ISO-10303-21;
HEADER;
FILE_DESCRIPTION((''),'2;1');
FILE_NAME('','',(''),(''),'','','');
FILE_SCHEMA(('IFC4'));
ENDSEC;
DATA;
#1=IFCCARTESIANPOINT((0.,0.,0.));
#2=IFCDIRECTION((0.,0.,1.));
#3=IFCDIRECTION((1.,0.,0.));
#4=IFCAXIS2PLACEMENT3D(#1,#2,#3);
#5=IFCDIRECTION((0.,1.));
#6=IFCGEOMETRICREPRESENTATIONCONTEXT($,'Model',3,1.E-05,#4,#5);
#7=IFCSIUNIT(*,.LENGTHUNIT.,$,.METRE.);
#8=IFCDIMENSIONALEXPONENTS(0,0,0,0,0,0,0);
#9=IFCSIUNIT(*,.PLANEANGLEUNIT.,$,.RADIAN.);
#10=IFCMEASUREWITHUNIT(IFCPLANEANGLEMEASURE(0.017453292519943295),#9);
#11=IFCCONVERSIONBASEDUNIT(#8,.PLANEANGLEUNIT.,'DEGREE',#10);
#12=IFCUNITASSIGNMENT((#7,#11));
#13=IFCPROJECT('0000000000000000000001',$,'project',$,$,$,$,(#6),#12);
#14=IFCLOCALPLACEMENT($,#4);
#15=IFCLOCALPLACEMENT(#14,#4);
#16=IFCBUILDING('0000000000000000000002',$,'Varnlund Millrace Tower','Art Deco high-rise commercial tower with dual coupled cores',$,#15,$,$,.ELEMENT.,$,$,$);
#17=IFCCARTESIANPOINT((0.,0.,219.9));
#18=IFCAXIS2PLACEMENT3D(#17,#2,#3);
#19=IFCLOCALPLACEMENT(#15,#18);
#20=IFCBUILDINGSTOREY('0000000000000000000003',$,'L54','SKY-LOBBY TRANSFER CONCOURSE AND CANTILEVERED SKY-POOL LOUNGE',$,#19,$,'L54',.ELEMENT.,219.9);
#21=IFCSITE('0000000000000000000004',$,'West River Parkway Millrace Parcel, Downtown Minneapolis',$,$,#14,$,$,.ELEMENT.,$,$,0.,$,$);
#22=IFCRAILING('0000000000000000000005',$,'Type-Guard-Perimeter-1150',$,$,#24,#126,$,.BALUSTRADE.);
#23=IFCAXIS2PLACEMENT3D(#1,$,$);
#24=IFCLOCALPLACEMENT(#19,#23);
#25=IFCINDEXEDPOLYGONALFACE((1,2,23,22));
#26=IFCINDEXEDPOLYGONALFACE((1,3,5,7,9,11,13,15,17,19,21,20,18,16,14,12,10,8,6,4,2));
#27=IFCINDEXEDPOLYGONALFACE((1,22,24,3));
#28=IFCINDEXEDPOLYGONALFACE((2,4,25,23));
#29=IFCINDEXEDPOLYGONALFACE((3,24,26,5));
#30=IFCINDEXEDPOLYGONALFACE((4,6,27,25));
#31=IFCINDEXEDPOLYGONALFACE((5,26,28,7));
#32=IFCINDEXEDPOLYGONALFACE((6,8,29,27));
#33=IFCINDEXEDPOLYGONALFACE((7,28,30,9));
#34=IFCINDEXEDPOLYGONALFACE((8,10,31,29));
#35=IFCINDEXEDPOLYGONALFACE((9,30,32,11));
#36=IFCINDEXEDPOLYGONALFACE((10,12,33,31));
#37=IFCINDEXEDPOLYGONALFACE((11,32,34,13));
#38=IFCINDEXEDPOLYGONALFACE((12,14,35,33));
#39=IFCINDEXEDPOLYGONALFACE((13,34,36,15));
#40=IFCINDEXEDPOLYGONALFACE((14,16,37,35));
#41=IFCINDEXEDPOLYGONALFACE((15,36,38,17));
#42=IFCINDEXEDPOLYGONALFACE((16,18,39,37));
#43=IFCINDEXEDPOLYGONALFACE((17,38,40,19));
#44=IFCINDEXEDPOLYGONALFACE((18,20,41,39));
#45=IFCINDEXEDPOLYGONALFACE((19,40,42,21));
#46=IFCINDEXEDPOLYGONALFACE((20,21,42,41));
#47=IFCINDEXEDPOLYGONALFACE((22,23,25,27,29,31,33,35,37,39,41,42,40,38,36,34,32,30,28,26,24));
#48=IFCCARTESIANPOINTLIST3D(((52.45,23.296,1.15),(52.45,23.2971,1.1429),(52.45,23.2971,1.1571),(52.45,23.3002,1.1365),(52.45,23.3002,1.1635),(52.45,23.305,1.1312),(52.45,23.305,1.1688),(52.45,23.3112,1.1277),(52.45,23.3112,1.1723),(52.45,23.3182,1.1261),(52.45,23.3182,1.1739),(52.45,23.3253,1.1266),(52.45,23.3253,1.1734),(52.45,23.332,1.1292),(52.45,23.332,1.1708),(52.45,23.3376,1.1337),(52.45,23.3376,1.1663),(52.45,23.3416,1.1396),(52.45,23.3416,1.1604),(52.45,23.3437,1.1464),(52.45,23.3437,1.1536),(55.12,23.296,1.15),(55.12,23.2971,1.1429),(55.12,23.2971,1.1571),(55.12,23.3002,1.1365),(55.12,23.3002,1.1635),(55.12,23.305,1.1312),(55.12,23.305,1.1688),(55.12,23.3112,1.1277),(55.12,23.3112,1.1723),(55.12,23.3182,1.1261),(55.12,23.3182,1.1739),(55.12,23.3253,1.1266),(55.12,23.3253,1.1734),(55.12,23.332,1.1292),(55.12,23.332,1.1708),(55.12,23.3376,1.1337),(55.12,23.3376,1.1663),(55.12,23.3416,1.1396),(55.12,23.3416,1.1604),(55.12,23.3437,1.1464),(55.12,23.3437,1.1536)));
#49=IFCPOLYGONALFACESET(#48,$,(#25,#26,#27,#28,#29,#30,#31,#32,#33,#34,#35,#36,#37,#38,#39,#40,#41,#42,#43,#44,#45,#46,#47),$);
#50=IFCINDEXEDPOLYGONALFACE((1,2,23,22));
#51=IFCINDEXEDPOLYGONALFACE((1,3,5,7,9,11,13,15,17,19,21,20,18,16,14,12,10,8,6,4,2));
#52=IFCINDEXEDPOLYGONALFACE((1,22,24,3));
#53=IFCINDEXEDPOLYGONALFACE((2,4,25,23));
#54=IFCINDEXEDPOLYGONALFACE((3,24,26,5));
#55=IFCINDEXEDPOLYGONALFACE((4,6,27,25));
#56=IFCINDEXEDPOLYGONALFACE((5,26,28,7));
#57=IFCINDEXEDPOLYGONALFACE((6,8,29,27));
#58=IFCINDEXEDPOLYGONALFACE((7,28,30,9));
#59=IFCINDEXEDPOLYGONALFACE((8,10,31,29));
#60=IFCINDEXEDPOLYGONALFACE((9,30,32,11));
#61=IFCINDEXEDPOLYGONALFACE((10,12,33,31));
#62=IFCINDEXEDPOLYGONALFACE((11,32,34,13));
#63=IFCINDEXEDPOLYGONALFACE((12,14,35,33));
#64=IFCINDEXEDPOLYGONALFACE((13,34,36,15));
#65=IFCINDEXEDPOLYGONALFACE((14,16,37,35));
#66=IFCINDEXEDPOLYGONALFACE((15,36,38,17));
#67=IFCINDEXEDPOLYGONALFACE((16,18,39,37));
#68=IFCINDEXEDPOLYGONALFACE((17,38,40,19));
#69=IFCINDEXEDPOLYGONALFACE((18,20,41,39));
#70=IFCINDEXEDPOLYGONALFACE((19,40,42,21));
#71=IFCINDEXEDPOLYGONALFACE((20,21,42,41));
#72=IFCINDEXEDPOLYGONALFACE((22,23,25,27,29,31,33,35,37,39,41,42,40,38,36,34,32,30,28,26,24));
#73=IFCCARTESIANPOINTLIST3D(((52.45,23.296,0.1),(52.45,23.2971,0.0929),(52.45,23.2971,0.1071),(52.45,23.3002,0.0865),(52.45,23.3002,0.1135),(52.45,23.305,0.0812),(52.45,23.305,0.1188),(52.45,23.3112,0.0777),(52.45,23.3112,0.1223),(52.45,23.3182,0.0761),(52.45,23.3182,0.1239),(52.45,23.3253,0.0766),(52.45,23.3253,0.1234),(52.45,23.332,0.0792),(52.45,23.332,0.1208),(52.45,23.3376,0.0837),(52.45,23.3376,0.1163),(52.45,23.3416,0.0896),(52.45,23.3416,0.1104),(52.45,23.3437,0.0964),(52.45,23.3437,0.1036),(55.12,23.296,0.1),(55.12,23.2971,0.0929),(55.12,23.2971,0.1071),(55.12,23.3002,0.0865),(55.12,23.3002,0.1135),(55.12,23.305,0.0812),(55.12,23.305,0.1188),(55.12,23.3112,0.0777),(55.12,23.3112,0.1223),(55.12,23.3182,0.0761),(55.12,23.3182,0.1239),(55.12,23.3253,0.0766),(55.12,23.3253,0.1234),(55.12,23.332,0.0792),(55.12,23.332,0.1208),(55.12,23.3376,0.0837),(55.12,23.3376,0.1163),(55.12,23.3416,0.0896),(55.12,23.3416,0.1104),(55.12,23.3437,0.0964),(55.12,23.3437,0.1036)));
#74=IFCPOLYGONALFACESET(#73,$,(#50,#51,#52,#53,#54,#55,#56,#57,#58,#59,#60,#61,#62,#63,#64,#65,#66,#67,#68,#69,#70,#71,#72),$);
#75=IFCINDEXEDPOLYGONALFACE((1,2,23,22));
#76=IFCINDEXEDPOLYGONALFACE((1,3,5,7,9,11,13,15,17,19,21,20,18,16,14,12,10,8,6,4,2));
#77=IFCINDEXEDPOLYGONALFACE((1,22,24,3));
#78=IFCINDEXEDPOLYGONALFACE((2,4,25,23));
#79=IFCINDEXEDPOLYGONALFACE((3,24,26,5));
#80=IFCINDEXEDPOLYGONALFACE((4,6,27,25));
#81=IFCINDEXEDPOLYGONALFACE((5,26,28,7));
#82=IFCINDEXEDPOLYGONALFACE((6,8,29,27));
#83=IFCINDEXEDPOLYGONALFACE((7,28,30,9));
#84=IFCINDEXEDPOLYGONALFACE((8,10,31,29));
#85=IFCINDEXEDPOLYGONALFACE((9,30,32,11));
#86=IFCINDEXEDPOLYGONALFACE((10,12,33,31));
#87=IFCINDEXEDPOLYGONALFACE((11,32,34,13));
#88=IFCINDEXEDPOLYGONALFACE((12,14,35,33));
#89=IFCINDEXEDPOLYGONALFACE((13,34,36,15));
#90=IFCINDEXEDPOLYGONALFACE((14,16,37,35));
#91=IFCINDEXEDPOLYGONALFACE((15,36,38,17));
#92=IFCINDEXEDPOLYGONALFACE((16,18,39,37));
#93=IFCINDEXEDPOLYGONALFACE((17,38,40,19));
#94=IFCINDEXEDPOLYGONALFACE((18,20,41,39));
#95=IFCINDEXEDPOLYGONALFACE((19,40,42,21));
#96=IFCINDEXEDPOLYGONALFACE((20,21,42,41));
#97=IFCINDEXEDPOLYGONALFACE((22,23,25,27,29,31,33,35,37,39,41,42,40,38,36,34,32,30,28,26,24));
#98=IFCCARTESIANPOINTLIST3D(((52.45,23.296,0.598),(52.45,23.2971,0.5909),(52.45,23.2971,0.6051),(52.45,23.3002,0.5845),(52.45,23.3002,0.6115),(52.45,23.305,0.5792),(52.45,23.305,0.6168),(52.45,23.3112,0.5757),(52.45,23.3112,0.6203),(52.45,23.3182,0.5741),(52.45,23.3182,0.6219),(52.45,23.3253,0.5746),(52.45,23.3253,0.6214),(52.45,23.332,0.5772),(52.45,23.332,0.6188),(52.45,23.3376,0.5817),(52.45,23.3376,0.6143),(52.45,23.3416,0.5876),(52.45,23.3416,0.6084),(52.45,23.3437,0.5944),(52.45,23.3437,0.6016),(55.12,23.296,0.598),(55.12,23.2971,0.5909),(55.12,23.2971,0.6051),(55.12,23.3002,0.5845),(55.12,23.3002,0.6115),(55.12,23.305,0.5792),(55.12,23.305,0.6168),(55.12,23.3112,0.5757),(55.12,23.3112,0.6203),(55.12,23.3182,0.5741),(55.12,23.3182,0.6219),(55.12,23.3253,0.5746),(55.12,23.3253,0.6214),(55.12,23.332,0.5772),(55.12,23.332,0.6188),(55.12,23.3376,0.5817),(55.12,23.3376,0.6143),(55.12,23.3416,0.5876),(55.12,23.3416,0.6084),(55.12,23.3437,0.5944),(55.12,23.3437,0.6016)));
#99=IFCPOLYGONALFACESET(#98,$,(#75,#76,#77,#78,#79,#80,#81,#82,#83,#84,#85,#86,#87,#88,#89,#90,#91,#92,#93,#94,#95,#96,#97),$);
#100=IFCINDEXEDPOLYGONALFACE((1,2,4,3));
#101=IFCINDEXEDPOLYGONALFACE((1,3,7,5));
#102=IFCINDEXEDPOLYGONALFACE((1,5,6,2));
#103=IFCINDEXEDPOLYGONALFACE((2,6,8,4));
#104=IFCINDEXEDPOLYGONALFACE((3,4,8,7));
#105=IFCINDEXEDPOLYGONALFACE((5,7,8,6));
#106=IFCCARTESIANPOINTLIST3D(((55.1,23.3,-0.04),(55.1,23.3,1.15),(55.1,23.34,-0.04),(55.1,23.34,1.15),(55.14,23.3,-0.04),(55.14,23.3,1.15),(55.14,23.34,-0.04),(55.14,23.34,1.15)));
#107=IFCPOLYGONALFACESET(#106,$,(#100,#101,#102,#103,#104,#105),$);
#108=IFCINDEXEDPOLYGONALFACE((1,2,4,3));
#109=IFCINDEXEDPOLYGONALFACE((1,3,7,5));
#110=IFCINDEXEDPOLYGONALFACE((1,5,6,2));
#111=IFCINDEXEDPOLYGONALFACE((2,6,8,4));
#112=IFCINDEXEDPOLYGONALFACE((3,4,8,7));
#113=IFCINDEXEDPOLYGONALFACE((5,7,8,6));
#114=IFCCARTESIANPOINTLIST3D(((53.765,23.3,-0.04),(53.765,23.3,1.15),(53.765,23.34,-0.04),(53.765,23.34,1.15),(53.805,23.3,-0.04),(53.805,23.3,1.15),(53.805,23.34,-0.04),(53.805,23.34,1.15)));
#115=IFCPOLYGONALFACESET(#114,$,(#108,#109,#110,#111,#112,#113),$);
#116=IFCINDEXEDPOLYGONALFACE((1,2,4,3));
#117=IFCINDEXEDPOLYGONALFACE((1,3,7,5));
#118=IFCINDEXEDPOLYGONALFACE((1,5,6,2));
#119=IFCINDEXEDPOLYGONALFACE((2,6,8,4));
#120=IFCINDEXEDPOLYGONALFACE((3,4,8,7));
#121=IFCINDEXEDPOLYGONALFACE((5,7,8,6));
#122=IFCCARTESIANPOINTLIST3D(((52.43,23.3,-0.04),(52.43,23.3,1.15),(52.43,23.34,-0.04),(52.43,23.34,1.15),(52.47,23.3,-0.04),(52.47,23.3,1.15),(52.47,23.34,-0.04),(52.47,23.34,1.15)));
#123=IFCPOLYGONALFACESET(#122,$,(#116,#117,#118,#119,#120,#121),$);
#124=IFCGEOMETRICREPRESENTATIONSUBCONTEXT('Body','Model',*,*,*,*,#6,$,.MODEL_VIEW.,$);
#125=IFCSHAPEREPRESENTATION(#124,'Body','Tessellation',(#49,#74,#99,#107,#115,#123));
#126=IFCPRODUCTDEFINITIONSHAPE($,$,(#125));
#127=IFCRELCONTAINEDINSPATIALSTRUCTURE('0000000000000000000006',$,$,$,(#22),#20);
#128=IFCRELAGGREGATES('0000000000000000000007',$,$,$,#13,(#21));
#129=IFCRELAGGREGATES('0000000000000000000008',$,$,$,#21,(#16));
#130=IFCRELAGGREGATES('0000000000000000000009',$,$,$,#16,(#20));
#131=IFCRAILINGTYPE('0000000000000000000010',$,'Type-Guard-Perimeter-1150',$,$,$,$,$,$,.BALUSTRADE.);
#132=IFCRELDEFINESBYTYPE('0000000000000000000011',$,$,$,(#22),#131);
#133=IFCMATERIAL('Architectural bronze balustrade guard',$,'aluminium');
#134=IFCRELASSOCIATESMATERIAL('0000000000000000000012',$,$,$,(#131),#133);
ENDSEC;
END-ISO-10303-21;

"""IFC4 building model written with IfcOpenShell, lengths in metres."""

from ifc_helpers import new_model, entity, si_unit, converted_unit, direction, frame, origin_with_axes, origin_2d_with_axis, place, context, subcontext, project, spatial, rectangle, circle, extrude, material, type_object, element, save


model = new_model("IFC4")

# Units and contexts
model_context = context("Model", 3, precision=1e-05, world=origin_with_axes(), true_north=direction((0.0, 1.0)))
body_context = subcontext(model_context, "Body", "Model", "MODEL_VIEW")
ifc_project = project(units=[si_unit("LENGTHUNIT", "METRE"), converted_unit("PLANEANGLEUNIT", "DEGREE", entity("IfcPlaneAngleMeasure", 0.017453292519943295), si_unit("PLANEANGLEUNIT", "RADIAN"), dimensions=[0, 0, 0, 0, 0, 0, 0])], contexts=[model_context])

# Site, building, storey
site_placement = place(None, origin_with_axes())
site = spatial("IfcSite", under=ifc_project, at=site_placement, Name="West River Parkway Millrace Parcel, Downtown Minneapolis", CompositionType="ELEMENT", RefElevation=0.0)
building_placement = place(site_placement, origin_with_axes())
building = spatial("IfcBuilding", under=site, at=building_placement, Name="Varnlund Millrace Tower", Description="Art Deco high-rise commercial tower with dual coupled cores", CompositionType="ELEMENT")
storey_placement = place(building_placement, frame((0.0, 0.0, 219.9), z_axis=(0.0, 0.0, 1.0), x_axis=(1.0, 0.0, 0.0)))
storey = spatial("IfcBuildingStorey", under=building, at=storey_placement, Name="L54", Description="SKY-LOBBY TRANSFER CONCOURSE AND CANTILEVERED SKY-POOL LOUNGE", LongName="L54", CompositionType="ELEMENT", Elevation=219.9)

# Railing
ifc_material_1 = material(Name="Architectural bronze balustrade guard", Category="aluminium")
railing_type_1 = type_object("IfcRailingType", Name="Type-Guard-Perimeter-1150", PredefinedType="BALUSTRADE", material=ifc_material_1)
railing_1_placement = place(storey_placement, frame((0.0, 0.0, -219.9), z_axis=(0.0, 0.0, 1.0), x_axis=(1.0, 0.0, 0.0)))
element("IfcRailing", 1, at=railing_1_placement, inside=storey, type_object=railing_type_1, Name="Type-Guard-Perimeter-1150", PredefinedType="BALUSTRADE", context=body_context, shape_type="SweptSolid", body=[
    extrude(circle(Radius=0.024, at=origin_2d_with_axis()), frame((55.12, 23.32, 221.05), z_axis=(-1.0, 0.0, 0.0), x_axis=(0.0, -1.0, 0.0)), (0.0, 0.0, 1.0), 2.67),
    extrude(circle(Radius=0.024, at=origin_2d_with_axis()), frame((55.12, 23.32, 220.0), z_axis=(-1.0, 0.0, 0.0), x_axis=(0.0, -1.0, 0.0)), (0.0, 0.0, 1.0), 2.67),
    extrude(circle(Radius=0.024, at=origin_2d_with_axis()), frame((55.12, 23.32, 220.498), z_axis=(-1.0, 0.0, 0.0), x_axis=(0.0, -1.0, 0.0)), (0.0, 0.0, 1.0), 2.67),
    extrude(rectangle(XDim=0.04, YDim=0.04, at=origin_2d_with_axis()), frame((55.12, 23.32, 219.86), z_axis=(0.0, 0.0, 1.0), x_axis=(1.0, 0.0, 0.0)), (0.0, 0.0, 1.0), 1.19),
    extrude(rectangle(XDim=0.04, YDim=0.04, at=origin_2d_with_axis()), frame((53.785, 23.32, 219.86), z_axis=(0.0, 0.0, 1.0), x_axis=(1.0, 0.0, 0.0)), (0.0, 0.0, 1.0), 1.19),
    extrude(rectangle(XDim=0.04, YDim=0.04, at=origin_2d_with_axis()), frame((52.45, 23.32, 219.86), z_axis=(0.0, 0.0, 1.0), x_axis=(1.0, 0.0, 0.0)), (0.0, 0.0, 1.0), 1.19),
])

save(model, "model.ifc")
